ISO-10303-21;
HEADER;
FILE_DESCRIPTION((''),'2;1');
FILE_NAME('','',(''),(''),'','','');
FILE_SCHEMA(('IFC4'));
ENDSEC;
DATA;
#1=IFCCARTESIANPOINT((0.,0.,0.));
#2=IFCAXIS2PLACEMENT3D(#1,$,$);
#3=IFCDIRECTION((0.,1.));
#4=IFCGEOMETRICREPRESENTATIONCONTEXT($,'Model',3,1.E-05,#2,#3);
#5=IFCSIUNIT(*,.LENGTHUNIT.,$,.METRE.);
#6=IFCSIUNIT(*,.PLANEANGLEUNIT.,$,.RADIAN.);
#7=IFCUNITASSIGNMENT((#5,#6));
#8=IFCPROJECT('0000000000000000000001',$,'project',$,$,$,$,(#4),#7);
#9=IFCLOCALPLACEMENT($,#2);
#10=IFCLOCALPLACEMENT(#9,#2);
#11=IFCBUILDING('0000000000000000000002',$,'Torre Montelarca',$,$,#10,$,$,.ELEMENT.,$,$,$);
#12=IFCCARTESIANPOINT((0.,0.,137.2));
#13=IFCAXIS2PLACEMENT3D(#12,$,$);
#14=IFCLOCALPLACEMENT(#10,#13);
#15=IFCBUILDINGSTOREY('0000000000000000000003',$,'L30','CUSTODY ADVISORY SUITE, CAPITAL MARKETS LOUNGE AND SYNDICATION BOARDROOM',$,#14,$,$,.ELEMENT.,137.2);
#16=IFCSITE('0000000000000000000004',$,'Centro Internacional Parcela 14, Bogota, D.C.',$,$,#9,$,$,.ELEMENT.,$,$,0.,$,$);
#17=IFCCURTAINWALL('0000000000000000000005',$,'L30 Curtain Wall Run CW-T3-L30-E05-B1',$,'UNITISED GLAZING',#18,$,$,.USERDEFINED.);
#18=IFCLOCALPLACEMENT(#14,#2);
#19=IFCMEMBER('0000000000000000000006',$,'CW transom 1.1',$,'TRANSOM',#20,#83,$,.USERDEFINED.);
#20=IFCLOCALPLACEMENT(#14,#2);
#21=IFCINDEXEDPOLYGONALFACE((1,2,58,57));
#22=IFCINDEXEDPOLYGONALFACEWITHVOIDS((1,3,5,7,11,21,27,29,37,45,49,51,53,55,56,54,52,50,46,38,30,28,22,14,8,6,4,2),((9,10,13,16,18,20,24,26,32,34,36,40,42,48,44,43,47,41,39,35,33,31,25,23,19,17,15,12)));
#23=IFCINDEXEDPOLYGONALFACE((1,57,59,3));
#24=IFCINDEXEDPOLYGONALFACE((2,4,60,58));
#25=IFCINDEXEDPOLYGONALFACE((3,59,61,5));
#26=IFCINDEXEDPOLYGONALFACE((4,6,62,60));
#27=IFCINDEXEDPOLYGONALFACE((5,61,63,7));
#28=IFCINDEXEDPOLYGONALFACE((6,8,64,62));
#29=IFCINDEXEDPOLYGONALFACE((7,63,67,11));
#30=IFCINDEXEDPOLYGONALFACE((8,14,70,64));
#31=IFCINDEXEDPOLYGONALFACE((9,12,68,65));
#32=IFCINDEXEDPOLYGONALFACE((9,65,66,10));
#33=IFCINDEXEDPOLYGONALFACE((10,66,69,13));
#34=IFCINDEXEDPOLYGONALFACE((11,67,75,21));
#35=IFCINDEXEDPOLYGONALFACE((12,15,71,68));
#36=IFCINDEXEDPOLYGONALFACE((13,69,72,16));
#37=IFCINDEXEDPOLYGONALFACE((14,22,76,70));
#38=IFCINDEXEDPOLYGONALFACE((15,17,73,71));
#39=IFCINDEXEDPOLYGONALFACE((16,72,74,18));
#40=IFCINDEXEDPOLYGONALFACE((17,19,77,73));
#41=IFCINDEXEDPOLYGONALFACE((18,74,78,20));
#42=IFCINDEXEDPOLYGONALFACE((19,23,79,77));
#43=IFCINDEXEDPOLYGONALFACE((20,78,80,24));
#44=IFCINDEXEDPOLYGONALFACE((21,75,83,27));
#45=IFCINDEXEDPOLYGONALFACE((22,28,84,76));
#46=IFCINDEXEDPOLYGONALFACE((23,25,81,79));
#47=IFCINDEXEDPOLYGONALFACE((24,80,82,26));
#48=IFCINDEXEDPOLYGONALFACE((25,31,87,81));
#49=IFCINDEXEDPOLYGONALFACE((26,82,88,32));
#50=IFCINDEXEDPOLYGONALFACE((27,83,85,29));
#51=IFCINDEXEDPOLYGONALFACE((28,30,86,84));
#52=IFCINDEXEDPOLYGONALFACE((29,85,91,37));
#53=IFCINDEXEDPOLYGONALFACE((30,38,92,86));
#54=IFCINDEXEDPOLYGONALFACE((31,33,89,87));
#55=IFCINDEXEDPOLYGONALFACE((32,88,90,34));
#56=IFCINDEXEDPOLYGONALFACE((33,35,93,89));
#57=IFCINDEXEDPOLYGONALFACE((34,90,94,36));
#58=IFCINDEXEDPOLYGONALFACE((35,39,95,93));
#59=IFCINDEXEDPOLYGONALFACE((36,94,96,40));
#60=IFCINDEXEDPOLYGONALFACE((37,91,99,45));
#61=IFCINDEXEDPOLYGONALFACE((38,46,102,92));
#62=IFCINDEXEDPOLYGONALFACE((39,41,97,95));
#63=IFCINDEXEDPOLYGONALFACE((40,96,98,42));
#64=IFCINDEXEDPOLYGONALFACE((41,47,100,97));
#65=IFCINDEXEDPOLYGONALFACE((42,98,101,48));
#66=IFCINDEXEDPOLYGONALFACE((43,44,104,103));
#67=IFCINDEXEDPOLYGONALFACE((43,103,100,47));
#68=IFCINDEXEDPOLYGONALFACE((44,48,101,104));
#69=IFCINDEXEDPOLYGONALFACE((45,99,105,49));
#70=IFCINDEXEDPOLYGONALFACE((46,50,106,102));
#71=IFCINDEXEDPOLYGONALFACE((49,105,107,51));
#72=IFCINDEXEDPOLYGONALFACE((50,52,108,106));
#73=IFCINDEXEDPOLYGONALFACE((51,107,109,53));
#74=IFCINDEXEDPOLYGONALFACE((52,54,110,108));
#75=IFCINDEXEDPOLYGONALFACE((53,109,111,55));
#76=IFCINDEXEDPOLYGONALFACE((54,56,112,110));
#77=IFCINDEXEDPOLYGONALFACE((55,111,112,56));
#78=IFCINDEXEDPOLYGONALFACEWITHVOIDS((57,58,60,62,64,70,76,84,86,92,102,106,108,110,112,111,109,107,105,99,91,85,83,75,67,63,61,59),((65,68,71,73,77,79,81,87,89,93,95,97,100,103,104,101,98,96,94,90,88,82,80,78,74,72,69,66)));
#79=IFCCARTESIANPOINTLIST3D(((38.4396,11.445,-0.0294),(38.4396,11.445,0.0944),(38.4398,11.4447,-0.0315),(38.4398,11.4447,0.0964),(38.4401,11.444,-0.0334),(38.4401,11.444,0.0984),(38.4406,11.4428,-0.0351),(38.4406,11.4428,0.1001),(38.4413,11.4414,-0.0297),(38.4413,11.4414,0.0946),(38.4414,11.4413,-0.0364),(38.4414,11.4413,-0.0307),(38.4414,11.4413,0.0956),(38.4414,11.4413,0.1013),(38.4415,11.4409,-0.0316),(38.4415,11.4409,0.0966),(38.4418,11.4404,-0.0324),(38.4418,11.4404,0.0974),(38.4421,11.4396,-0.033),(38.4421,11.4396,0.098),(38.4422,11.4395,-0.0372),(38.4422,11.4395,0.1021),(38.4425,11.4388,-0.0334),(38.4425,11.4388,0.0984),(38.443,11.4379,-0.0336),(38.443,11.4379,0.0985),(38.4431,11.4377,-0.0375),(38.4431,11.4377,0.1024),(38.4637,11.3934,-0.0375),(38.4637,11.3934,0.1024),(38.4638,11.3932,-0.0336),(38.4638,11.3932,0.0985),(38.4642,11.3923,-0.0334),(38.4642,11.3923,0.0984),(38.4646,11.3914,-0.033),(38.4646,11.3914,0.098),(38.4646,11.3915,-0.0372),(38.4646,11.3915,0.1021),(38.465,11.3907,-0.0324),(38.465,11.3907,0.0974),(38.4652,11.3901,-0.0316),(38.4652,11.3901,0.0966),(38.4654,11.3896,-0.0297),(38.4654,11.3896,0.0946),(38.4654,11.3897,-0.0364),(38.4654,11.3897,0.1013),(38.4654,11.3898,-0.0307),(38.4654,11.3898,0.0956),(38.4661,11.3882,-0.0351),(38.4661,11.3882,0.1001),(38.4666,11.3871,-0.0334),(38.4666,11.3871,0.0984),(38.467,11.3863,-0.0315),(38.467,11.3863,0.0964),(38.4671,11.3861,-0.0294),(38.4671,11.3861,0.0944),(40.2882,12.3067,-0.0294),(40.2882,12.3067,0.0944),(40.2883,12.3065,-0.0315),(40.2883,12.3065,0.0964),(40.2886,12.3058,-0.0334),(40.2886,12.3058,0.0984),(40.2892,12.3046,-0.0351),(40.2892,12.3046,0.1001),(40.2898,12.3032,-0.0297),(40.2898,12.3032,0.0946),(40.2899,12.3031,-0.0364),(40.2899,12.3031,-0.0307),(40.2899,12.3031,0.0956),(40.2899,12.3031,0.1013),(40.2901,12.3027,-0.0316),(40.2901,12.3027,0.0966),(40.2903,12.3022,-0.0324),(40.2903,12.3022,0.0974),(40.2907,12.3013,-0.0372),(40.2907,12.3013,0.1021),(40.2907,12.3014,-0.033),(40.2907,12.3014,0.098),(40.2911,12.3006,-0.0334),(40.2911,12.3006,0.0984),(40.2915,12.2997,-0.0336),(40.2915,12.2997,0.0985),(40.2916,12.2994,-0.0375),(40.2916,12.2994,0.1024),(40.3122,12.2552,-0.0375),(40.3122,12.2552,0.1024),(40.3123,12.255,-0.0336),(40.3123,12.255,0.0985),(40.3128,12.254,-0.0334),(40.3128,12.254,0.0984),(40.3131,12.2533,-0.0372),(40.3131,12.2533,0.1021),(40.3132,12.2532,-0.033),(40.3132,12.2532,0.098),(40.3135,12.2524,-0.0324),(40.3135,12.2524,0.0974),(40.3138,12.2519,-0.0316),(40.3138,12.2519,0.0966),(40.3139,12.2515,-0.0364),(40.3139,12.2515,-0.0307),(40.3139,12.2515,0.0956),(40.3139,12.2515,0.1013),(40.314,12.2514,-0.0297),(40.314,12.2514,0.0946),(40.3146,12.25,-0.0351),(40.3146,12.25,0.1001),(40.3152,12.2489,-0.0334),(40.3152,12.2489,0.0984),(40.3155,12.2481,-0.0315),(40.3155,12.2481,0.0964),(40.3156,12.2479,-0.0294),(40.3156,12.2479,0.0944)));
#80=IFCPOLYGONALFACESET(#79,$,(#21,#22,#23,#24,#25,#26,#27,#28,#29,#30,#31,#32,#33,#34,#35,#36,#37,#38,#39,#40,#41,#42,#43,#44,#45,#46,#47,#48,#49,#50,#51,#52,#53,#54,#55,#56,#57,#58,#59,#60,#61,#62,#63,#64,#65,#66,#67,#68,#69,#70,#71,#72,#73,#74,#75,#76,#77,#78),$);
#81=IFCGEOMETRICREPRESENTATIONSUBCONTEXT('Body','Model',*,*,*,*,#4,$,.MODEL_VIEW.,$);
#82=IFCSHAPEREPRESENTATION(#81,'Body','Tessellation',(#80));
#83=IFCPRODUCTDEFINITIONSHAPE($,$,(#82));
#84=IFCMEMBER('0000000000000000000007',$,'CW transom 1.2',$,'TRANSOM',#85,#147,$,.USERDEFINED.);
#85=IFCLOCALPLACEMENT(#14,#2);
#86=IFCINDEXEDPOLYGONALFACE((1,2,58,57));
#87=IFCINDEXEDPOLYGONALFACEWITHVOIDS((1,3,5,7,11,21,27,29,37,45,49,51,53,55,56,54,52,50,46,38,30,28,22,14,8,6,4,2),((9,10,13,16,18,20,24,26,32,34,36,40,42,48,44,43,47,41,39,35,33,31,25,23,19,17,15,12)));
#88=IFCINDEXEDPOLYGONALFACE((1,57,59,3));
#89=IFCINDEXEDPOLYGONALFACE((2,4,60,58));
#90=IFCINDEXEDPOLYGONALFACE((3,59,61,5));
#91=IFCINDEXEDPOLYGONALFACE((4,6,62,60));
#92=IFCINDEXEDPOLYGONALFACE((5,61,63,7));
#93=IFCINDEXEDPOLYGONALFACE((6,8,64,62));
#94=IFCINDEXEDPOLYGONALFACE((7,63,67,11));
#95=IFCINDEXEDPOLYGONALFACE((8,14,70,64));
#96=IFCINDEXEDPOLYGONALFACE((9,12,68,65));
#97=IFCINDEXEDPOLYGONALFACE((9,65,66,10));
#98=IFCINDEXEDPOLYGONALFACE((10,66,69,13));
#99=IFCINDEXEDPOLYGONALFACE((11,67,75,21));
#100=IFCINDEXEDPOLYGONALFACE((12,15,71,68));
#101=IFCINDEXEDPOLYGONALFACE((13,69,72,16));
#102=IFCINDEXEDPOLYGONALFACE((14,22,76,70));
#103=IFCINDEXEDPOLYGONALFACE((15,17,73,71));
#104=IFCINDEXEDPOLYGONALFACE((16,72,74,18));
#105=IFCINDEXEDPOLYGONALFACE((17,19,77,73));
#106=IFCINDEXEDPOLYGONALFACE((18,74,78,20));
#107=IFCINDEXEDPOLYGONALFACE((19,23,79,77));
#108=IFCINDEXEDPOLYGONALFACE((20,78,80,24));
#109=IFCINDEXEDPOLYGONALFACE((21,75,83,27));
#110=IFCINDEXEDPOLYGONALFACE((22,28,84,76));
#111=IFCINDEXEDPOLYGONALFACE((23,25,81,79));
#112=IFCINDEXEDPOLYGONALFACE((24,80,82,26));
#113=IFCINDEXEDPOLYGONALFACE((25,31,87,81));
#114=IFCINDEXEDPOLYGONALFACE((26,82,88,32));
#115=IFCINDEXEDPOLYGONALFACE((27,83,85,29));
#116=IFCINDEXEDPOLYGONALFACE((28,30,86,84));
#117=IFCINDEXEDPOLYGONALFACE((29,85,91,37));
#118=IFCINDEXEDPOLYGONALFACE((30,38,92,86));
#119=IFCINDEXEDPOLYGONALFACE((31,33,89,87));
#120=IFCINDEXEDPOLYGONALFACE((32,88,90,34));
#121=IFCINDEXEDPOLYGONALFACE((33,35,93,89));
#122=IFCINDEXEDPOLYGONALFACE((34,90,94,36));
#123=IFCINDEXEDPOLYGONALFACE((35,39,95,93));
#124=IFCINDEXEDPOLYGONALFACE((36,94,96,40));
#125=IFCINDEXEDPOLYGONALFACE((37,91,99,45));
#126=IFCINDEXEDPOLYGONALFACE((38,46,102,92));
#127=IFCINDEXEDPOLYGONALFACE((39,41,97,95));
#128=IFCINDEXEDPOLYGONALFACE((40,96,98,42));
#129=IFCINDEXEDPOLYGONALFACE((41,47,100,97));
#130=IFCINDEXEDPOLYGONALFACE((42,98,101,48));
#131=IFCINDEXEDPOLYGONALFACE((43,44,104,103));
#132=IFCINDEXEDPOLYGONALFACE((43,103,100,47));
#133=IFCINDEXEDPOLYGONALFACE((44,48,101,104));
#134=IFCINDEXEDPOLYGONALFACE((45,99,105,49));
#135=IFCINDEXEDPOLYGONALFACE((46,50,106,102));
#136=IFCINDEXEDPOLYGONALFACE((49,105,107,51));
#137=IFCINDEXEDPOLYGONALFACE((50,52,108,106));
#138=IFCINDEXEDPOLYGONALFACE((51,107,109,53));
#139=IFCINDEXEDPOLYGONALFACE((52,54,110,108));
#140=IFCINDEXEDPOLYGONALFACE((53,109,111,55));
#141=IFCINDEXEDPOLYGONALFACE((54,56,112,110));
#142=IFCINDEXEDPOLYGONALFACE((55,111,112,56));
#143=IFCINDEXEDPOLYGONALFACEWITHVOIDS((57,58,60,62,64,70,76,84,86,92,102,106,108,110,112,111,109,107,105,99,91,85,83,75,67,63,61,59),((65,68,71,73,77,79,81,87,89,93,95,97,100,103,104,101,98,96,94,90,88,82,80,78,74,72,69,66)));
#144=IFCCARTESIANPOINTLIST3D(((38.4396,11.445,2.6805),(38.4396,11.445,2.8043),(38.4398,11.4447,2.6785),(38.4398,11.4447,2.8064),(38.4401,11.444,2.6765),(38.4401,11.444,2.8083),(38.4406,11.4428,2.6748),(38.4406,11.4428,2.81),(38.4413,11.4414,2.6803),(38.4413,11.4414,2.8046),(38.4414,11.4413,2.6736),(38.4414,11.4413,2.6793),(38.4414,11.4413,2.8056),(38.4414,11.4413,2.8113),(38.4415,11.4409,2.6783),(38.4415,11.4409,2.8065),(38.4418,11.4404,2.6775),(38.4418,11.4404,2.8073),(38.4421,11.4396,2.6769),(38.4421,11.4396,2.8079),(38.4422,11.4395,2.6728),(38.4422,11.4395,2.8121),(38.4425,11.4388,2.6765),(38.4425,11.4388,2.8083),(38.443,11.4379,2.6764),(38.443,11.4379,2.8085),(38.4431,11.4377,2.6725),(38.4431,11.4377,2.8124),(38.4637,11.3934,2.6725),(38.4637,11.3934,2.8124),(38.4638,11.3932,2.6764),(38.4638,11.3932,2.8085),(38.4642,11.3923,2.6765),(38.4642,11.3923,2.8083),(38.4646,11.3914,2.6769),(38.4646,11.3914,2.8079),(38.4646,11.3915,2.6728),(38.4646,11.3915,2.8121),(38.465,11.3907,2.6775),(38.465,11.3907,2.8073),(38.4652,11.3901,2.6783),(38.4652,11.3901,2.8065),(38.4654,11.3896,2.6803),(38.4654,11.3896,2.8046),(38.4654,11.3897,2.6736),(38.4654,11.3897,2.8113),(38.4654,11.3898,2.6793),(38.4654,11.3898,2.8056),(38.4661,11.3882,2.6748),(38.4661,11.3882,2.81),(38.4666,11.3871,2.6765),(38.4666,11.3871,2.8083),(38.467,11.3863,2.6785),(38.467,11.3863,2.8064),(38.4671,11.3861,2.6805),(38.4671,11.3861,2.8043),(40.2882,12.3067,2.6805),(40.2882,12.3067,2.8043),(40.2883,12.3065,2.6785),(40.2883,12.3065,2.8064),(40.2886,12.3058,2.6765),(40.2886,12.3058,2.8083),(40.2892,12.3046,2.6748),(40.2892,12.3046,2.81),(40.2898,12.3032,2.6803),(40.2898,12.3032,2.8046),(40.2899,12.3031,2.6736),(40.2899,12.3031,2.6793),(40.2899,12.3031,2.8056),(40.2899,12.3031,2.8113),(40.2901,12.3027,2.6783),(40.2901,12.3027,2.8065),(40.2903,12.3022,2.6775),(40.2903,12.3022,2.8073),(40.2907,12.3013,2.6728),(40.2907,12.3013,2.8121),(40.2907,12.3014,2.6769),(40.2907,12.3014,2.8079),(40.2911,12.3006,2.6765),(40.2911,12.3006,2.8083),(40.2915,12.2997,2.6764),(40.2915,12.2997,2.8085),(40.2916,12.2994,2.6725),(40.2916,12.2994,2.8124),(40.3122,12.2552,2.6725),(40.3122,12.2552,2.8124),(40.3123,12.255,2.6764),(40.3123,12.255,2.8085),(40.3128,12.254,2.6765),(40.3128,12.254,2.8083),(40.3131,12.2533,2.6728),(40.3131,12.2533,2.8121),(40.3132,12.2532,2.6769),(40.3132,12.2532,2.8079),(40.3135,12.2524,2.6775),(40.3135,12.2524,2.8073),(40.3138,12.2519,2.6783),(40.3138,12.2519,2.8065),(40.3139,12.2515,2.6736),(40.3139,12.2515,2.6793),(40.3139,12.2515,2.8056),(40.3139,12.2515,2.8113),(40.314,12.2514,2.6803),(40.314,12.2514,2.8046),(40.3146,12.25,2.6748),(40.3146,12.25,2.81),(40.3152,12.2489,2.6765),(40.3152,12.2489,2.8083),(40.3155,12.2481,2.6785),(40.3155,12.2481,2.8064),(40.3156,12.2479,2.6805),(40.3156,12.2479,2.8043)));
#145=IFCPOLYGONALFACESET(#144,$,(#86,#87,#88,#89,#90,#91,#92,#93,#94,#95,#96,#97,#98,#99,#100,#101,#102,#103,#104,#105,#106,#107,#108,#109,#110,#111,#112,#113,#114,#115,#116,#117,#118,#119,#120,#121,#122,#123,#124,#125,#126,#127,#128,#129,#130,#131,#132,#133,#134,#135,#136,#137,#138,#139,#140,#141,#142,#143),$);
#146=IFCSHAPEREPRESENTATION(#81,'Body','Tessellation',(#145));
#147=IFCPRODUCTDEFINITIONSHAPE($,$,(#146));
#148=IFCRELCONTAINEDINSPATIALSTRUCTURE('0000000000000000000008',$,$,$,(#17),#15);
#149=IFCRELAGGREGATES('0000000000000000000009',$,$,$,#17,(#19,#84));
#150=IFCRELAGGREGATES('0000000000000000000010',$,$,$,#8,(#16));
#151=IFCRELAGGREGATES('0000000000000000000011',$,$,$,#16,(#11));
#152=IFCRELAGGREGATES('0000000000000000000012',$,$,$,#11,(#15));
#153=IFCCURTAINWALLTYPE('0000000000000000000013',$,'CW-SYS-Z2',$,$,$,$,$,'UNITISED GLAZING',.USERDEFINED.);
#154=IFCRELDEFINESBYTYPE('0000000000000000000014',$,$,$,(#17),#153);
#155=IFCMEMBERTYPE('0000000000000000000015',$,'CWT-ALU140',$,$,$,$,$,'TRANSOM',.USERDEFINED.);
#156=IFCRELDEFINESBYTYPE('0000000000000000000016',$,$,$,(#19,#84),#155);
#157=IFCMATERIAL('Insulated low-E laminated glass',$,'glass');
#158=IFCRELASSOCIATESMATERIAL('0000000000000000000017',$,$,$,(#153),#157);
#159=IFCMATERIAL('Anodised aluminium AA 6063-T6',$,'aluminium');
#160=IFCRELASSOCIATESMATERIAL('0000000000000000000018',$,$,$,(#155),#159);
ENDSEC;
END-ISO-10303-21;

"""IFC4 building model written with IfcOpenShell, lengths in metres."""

from ifc_helpers import new_model, si_unit, direction, frame, origin, origin_2d, place, context, subcontext, project, spatial, hollow_rectangle, extrude, source, transform, mapped, material, material_profile, profile_set, type_object, element, aggregate, save


model = new_model("IFC4")

# Units and contexts
model_context = context("Model", 3, precision=1e-05, world=origin(), true_north=direction((0.0, 1.0)))
body_context = subcontext(model_context, "Body", "Model", "MODEL_VIEW")
ifc_project = project(units=[si_unit("LENGTHUNIT", "METRE"), si_unit("PLANEANGLEUNIT", "RADIAN")], contexts=[model_context])

# Site, building, storey
site_placement = place(None, origin())
site = spatial("IfcSite", under=ifc_project, at=site_placement, Name="Centro Internacional Parcela 14, Bogota, D.C.", CompositionType="ELEMENT", RefElevation=0.0)
building_placement = place(site_placement, origin())
building = spatial("IfcBuilding", under=site, at=building_placement, Name="Torre Montelarca", CompositionType="ELEMENT")
storey_placement = place(building_placement, frame((0.0, 0.0, 137.2)))
storey = spatial("IfcBuildingStorey", under=building, at=storey_placement, Name="L30", Description="CUSTODY ADVISORY SUITE, CAPITAL MARKETS LOUNGE AND SYNDICATION BOARDROOM", CompositionType="ELEMENT", Elevation=137.2)

# Curtain wall
ifc_material_1 = material(Name="Insulated low-E laminated glass", Category="glass")
curtain_wall_type = type_object("IfcCurtainWallType", Name="CW-SYS-Z2", ElementType="UNITISED GLAZING", PredefinedType="USERDEFINED", material=ifc_material_1)
curtain_wall_1_placement = place(storey_placement, origin())
curtain_wall_1 = element("IfcCurtainWall", 1, at=curtain_wall_1_placement, inside=storey, type_object=curtain_wall_type, Name="L30 Curtain Wall Run CW-T3-L30-E05-B1", ObjectType="UNITISED GLAZING", PredefinedType="USERDEFINED")
ifc_material_2 = material(Name="Anodised aluminium AA 6063-T6", Category="aluminium")

# Members
ifc_material_profile_1 = material_profile(ifc_material_2, hollow_rectangle(XDim=0.0649, YDim=0.1399, WallThickness=0.0039, InnerFilletRadius=0.0039, OuterFilletRadius=0.0081, at=origin_2d()), Name="ALU65X140X4", Category="aluminium")
ifc_profile_set_1 = profile_set([ifc_material_profile_1], Name="Anodised aluminium AA 6063-T6")
member_type_1 = type_object("IfcMemberType", Name="CWT-ALU140", ElementType="TRANSOM", PredefinedType="USERDEFINED", material=ifc_profile_set_1)
shared_shape_1 = source(origin(), body_context, "Body", "SweptSolid", [
    extrude(hollow_rectangle(XDim=0.0649, YDim=0.1399, WallThickness=0.0039, InnerFilletRadius=0.0039, OuterFilletRadius=0.0081, at=origin_2d()), origin(), (0.0, 0.0, 1.0), 2.0396),
])
member_1_placement = place(storey_placement, frame((38.4534, 11.4155, 0.0325), z_axis=(0.906348, 0.422532, 0.0), x_axis=(-0.422532, 0.906348, 0.0)))
member_1 = element("IfcMember", 2, at=member_1_placement, type_object=member_type_1, Name="CW transom 1.1", ObjectType="TRANSOM", PredefinedType="USERDEFINED", context=body_context, shape_type="MappedRepresentation", body=[
    mapped(shared_shape_1, transform((0.0, 0.0, 0.0), scale=1.0)),
])
member_2_placement = place(storey_placement, frame((38.4534, 11.4155, 2.7424), z_axis=(0.906348, 0.422532, 0.0), x_axis=(-0.422532, 0.906348, 0.0)))
member_2 = element("IfcMember", 3, at=member_2_placement, type_object=member_type_1, Name="CW transom 1.2", ObjectType="TRANSOM", PredefinedType="USERDEFINED", context=body_context, shape_type="MappedRepresentation", body=[
    mapped(shared_shape_1, transform((0.0, 0.0, 0.0), scale=1.0)),
])

aggregate(curtain_wall_1, [member_1, member_2])

save(model, "model.ifc")
